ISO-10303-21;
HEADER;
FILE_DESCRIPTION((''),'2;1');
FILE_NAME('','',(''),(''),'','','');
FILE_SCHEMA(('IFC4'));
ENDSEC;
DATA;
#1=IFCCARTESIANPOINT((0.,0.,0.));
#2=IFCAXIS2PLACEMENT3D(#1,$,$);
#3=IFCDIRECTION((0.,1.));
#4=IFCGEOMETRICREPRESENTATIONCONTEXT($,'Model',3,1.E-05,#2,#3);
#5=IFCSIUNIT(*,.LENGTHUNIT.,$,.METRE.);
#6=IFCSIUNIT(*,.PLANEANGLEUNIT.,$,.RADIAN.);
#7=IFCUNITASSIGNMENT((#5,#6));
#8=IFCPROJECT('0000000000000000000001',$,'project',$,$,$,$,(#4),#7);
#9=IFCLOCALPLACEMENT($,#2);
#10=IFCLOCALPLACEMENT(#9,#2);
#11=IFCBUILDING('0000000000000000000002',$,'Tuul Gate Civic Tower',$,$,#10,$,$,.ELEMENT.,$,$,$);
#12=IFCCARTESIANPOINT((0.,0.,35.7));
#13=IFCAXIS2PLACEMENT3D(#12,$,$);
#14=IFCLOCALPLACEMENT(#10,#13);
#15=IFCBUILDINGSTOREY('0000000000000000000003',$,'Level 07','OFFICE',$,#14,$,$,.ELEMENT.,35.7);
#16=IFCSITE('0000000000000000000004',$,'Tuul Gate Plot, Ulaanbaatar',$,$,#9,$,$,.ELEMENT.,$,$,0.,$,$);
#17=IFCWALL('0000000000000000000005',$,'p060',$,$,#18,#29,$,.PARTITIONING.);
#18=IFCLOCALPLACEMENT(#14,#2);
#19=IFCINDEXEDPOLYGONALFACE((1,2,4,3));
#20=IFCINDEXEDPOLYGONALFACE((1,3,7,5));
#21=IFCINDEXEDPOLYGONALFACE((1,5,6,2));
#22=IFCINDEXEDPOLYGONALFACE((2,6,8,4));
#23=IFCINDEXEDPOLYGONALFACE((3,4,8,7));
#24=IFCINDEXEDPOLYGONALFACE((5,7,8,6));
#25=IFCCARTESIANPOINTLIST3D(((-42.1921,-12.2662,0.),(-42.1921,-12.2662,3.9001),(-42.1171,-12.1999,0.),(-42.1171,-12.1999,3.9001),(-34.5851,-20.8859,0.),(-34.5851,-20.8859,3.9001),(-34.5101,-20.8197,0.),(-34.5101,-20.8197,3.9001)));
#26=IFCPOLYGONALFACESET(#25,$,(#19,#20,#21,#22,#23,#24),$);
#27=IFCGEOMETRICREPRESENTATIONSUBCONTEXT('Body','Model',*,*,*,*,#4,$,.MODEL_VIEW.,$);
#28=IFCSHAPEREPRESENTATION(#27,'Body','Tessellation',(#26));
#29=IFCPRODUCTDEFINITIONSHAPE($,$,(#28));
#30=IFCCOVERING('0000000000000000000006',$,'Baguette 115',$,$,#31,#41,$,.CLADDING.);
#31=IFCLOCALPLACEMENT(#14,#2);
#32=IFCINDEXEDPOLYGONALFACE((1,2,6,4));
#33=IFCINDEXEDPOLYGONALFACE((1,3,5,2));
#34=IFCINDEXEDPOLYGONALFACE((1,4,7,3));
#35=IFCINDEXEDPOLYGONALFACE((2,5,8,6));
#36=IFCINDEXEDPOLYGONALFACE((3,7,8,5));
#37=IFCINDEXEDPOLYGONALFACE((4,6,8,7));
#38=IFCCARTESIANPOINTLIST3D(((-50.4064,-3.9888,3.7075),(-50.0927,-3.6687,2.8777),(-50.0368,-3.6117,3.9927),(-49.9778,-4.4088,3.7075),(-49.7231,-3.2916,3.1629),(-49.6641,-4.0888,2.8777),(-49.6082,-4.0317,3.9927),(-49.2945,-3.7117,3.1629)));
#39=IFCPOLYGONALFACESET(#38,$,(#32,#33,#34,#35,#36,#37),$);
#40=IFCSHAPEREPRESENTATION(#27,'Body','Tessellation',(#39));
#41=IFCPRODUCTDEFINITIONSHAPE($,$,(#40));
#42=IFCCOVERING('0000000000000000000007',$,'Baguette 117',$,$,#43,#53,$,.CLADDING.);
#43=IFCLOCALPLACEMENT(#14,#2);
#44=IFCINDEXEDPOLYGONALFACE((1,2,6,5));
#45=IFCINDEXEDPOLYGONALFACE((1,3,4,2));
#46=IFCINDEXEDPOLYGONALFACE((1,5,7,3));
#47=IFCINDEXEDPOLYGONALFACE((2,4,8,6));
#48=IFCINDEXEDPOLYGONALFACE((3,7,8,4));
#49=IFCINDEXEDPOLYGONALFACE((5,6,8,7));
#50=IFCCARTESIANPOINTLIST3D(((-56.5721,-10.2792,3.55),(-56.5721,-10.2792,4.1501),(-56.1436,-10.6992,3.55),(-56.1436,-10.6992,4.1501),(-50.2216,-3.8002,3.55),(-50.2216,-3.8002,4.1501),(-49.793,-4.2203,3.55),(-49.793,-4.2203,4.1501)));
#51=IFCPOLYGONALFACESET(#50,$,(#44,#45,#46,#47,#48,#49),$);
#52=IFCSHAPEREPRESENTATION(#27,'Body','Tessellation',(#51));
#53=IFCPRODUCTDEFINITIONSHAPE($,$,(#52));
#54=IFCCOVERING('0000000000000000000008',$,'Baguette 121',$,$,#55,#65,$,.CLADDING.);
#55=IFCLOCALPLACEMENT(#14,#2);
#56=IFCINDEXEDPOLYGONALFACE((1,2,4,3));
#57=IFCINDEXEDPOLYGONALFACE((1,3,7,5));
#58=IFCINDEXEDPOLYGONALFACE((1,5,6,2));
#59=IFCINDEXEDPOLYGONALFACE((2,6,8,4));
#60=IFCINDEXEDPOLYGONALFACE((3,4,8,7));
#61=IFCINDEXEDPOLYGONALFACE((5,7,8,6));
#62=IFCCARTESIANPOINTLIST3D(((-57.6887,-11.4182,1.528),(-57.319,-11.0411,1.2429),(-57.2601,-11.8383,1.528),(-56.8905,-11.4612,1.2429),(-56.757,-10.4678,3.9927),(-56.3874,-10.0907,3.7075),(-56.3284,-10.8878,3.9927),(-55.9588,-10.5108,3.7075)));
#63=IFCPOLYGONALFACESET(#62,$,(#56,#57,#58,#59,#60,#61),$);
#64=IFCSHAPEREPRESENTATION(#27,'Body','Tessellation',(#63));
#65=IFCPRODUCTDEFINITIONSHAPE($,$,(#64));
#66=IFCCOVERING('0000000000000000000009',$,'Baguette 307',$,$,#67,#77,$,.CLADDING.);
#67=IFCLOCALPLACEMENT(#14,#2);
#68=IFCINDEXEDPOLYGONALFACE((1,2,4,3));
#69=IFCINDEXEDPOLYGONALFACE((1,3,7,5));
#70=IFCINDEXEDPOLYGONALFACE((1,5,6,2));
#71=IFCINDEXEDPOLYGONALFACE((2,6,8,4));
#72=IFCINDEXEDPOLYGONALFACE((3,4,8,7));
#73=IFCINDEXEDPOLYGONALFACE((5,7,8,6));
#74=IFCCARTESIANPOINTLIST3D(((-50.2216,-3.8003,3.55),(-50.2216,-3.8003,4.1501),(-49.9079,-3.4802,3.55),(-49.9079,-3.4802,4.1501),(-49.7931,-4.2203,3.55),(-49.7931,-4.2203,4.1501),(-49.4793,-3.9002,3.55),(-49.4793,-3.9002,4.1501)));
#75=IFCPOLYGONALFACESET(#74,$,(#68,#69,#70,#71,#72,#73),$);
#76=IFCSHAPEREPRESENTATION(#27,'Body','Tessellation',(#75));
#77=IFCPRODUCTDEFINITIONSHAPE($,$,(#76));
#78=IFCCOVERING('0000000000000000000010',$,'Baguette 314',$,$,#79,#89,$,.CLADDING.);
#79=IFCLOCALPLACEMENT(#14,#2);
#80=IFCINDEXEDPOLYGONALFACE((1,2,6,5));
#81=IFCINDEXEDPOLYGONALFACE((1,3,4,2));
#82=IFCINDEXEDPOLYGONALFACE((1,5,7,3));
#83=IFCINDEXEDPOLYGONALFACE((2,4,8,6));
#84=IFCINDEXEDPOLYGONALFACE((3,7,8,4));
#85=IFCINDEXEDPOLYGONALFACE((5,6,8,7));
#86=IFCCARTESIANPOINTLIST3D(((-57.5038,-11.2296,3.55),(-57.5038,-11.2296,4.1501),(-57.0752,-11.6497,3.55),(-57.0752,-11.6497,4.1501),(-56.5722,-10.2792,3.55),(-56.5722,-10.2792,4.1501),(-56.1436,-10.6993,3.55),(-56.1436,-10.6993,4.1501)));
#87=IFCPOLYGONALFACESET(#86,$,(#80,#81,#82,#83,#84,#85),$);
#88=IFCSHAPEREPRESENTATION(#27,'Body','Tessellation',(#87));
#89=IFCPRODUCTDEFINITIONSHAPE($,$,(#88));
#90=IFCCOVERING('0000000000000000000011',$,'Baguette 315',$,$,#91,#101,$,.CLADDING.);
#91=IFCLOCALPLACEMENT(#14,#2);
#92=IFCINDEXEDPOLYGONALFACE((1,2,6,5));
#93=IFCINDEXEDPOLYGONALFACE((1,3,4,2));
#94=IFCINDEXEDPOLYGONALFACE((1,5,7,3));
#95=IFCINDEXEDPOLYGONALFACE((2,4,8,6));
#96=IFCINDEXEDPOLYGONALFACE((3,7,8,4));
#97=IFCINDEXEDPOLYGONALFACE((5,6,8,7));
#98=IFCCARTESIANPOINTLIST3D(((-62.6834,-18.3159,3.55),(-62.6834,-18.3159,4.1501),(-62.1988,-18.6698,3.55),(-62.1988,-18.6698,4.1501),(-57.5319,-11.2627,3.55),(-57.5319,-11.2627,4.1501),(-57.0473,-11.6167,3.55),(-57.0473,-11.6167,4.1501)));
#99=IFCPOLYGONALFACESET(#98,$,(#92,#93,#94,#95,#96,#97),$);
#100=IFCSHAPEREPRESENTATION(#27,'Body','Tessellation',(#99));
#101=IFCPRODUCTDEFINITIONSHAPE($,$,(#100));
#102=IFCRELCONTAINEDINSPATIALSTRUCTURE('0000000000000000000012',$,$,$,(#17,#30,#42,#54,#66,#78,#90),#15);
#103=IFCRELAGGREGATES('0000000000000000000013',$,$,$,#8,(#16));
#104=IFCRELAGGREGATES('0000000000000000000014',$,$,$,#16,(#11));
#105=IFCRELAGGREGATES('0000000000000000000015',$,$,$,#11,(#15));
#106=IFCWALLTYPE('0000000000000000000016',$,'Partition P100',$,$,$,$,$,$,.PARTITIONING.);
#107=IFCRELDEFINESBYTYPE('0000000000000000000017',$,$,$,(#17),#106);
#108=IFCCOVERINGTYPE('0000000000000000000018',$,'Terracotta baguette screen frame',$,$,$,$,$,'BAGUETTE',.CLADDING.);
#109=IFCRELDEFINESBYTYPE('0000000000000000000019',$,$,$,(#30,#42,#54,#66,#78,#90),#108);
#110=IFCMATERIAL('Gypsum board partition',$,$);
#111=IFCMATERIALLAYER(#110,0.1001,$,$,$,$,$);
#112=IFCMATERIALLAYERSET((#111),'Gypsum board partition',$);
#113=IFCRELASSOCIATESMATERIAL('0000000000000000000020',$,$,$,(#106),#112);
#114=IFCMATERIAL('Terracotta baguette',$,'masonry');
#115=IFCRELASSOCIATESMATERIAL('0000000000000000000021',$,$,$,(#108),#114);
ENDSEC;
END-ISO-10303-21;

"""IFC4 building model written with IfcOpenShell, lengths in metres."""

from ifc_helpers import new_model, si_unit, direction, frame, frame_2d, origin, origin_2d, place, context, subcontext, project, spatial, rectangle, extrude, material, layer, layer_set, material_profile, profile_set, type_object, element, save


model = new_model("IFC4")

# Units and contexts
model_context = context("Model", 3, precision=1e-05, world=origin(), true_north=direction((0.0, 1.0)))
body_context = subcontext(model_context, "Body", "Model", "MODEL_VIEW")
ifc_project = project(units=[si_unit("LENGTHUNIT", "METRE"), si_unit("PLANEANGLEUNIT", "RADIAN")], contexts=[model_context])

# Site, building, storey
site_placement = place(None, origin())
site = spatial("IfcSite", under=ifc_project, at=site_placement, Name="Tuul Gate Plot, Ulaanbaatar", CompositionType="ELEMENT", RefElevation=0.0)
building_placement = place(site_placement, origin())
building = spatial("IfcBuilding", under=site, at=building_placement, Name="Tuul Gate Civic Tower", CompositionType="ELEMENT")
storey_placement = place(building_placement, frame((0.0, 0.0, 35.7)))
storey = spatial("IfcBuildingStorey", under=building, at=storey_placement, Name="Level 07", Description="OFFICE", CompositionType="ELEMENT", Elevation=35.7)

# Wall
ifc_material_1 = material(Name="Gypsum board partition")
ifc_layer_1 = layer(ifc_material_1, 0.1001)
ifc_layer_set_1 = layer_set([ifc_layer_1], Name="Gypsum board partition")
wall_type_1 = type_object("IfcWallType", Name="Partition P100", PredefinedType="PARTITIONING", material=ifc_layer_set_1)
wall_1_placement = place(storey_placement, frame((-42.1545, -12.2332, 0.0), z_axis=(0.0, 0.0, 1.0), x_axis=(0.661689, -0.749778, 0.0)))
element("IfcWall", 1, at=wall_1_placement, inside=storey, type_object=wall_type_1, Name="p060", PredefinedType="PARTITIONING", context=body_context, shape_type="SweptSolid", body=[
    extrude(rectangle(XDim=11.4963, YDim=0.1001, at=frame_2d((5.748, 0.0))), origin(), (0.0, 0.0, 1.0), 3.9001),
])

# Coverings
ifc_material_2 = material(Name="Terracotta baguette", Category="masonry")
ifc_material_profile_1 = material_profile(ifc_material_2, rectangle(XDim=0.6001, YDim=0.6001, at=origin_2d()), Name="Terracotta baguette screen frame")
ifc_profile_set_1 = profile_set([ifc_material_profile_1], Name="Terracotta baguette")
covering_type = type_object("IfcCoveringType", Name="Terracotta baguette screen frame", ElementType="BAGUETTE", PredefinedType="CLADDING", material=ifc_profile_set_1)
covering_1_placement = place(storey_placement, frame((-50.0073, -4.0103, 3.8501), z_axis=(0.332639, 0.339369, -0.879875), x_axis=(-0.714153, 0.69999, 0.0)))
element("IfcCovering", 2, at=covering_1_placement, inside=storey, type_object=covering_type, Name="Baguette 115", PredefinedType="CLADDING", context=body_context, shape_type="SweptSolid", body=[
    extrude(rectangle(XDim=0.6001, YDim=0.6001, at=origin_2d()), origin(), (0.0, 0.0, 1.0), 0.9431),
])
covering_2_placement = place(storey_placement, frame((-50.0073, -4.0103, 3.8501), z_axis=(-0.699994, -0.714149, 0.0), x_axis=(0.714149, -0.699994, 0.0)))
element("IfcCovering", 3, at=covering_2_placement, inside=storey, type_object=covering_type, Name="Baguette 117", PredefinedType="CLADDING", context=body_context, shape_type="SweptSolid", body=[
    extrude(rectangle(XDim=0.6001, YDim=0.6001, at=origin_2d()), origin(), (0.0, 0.0, 1.0), 9.0723),
])
covering_3_placement = place(storey_placement, frame((-56.3579, -10.4893, 3.8501), z_axis=(-0.332611, -0.339323, -0.879903), x_axis=(0.714134, -0.700009, 0.0)))
element("IfcCovering", 4, at=covering_3_placement, inside=storey, type_object=covering_type, Name="Baguette 121", PredefinedType="CLADDING", context=body_context, shape_type="SweptSolid", body=[
    extrude(rectangle(XDim=0.6001, YDim=0.6001, at=origin_2d()), origin(), (0.0, 0.0, 1.0), 2.801),
])
covering_4_placement = place(storey_placement, frame((-49.6936, -3.6902, 3.8501), z_axis=(-0.69999, -0.714153, 0.0), x_axis=(0.714153, -0.69999, 0.0)))
element("IfcCovering", 5, at=covering_4_placement, inside=storey, type_object=covering_type, Name="Baguette 307", PredefinedType="CLADDING", context=body_context, shape_type="SweptSolid", body=[
    extrude(rectangle(XDim=0.6001, YDim=0.6001, at=origin_2d()), origin(), (0.0, 0.0, 1.0), 0.4482),
])
covering_5_placement = place(storey_placement, frame((-56.3579, -10.4893, 3.8501), z_axis=(-0.700009, -0.714134, 0.0), x_axis=(0.714134, -0.700009, 0.0)))
element("IfcCovering", 6, at=covering_5_placement, inside=storey, type_object=covering_type, Name="Baguette 314", PredefinedType="CLADDING", context=body_context, shape_type="SweptSolid", body=[
    extrude(rectangle(XDim=0.6001, YDim=0.6001, at=origin_2d()), origin(), (0.0, 0.0, 1.0), 1.3308),
])
covering_6_placement = place(storey_placement, frame((-57.2896, -11.4397, 3.8501), z_axis=(-0.589818, -0.807537, 0.0), x_axis=(0.807537, -0.589818, 0.0)))
element("IfcCovering", 7, at=covering_6_placement, inside=storey, type_object=covering_type, Name="Baguette 315", PredefinedType="CLADDING", context=body_context, shape_type="SweptSolid", body=[
    extrude(rectangle(XDim=0.6001, YDim=0.6001, at=origin_2d()), origin(), (0.0, 0.0, 1.0), 8.7341),
])

save(model, "model.ifc")
